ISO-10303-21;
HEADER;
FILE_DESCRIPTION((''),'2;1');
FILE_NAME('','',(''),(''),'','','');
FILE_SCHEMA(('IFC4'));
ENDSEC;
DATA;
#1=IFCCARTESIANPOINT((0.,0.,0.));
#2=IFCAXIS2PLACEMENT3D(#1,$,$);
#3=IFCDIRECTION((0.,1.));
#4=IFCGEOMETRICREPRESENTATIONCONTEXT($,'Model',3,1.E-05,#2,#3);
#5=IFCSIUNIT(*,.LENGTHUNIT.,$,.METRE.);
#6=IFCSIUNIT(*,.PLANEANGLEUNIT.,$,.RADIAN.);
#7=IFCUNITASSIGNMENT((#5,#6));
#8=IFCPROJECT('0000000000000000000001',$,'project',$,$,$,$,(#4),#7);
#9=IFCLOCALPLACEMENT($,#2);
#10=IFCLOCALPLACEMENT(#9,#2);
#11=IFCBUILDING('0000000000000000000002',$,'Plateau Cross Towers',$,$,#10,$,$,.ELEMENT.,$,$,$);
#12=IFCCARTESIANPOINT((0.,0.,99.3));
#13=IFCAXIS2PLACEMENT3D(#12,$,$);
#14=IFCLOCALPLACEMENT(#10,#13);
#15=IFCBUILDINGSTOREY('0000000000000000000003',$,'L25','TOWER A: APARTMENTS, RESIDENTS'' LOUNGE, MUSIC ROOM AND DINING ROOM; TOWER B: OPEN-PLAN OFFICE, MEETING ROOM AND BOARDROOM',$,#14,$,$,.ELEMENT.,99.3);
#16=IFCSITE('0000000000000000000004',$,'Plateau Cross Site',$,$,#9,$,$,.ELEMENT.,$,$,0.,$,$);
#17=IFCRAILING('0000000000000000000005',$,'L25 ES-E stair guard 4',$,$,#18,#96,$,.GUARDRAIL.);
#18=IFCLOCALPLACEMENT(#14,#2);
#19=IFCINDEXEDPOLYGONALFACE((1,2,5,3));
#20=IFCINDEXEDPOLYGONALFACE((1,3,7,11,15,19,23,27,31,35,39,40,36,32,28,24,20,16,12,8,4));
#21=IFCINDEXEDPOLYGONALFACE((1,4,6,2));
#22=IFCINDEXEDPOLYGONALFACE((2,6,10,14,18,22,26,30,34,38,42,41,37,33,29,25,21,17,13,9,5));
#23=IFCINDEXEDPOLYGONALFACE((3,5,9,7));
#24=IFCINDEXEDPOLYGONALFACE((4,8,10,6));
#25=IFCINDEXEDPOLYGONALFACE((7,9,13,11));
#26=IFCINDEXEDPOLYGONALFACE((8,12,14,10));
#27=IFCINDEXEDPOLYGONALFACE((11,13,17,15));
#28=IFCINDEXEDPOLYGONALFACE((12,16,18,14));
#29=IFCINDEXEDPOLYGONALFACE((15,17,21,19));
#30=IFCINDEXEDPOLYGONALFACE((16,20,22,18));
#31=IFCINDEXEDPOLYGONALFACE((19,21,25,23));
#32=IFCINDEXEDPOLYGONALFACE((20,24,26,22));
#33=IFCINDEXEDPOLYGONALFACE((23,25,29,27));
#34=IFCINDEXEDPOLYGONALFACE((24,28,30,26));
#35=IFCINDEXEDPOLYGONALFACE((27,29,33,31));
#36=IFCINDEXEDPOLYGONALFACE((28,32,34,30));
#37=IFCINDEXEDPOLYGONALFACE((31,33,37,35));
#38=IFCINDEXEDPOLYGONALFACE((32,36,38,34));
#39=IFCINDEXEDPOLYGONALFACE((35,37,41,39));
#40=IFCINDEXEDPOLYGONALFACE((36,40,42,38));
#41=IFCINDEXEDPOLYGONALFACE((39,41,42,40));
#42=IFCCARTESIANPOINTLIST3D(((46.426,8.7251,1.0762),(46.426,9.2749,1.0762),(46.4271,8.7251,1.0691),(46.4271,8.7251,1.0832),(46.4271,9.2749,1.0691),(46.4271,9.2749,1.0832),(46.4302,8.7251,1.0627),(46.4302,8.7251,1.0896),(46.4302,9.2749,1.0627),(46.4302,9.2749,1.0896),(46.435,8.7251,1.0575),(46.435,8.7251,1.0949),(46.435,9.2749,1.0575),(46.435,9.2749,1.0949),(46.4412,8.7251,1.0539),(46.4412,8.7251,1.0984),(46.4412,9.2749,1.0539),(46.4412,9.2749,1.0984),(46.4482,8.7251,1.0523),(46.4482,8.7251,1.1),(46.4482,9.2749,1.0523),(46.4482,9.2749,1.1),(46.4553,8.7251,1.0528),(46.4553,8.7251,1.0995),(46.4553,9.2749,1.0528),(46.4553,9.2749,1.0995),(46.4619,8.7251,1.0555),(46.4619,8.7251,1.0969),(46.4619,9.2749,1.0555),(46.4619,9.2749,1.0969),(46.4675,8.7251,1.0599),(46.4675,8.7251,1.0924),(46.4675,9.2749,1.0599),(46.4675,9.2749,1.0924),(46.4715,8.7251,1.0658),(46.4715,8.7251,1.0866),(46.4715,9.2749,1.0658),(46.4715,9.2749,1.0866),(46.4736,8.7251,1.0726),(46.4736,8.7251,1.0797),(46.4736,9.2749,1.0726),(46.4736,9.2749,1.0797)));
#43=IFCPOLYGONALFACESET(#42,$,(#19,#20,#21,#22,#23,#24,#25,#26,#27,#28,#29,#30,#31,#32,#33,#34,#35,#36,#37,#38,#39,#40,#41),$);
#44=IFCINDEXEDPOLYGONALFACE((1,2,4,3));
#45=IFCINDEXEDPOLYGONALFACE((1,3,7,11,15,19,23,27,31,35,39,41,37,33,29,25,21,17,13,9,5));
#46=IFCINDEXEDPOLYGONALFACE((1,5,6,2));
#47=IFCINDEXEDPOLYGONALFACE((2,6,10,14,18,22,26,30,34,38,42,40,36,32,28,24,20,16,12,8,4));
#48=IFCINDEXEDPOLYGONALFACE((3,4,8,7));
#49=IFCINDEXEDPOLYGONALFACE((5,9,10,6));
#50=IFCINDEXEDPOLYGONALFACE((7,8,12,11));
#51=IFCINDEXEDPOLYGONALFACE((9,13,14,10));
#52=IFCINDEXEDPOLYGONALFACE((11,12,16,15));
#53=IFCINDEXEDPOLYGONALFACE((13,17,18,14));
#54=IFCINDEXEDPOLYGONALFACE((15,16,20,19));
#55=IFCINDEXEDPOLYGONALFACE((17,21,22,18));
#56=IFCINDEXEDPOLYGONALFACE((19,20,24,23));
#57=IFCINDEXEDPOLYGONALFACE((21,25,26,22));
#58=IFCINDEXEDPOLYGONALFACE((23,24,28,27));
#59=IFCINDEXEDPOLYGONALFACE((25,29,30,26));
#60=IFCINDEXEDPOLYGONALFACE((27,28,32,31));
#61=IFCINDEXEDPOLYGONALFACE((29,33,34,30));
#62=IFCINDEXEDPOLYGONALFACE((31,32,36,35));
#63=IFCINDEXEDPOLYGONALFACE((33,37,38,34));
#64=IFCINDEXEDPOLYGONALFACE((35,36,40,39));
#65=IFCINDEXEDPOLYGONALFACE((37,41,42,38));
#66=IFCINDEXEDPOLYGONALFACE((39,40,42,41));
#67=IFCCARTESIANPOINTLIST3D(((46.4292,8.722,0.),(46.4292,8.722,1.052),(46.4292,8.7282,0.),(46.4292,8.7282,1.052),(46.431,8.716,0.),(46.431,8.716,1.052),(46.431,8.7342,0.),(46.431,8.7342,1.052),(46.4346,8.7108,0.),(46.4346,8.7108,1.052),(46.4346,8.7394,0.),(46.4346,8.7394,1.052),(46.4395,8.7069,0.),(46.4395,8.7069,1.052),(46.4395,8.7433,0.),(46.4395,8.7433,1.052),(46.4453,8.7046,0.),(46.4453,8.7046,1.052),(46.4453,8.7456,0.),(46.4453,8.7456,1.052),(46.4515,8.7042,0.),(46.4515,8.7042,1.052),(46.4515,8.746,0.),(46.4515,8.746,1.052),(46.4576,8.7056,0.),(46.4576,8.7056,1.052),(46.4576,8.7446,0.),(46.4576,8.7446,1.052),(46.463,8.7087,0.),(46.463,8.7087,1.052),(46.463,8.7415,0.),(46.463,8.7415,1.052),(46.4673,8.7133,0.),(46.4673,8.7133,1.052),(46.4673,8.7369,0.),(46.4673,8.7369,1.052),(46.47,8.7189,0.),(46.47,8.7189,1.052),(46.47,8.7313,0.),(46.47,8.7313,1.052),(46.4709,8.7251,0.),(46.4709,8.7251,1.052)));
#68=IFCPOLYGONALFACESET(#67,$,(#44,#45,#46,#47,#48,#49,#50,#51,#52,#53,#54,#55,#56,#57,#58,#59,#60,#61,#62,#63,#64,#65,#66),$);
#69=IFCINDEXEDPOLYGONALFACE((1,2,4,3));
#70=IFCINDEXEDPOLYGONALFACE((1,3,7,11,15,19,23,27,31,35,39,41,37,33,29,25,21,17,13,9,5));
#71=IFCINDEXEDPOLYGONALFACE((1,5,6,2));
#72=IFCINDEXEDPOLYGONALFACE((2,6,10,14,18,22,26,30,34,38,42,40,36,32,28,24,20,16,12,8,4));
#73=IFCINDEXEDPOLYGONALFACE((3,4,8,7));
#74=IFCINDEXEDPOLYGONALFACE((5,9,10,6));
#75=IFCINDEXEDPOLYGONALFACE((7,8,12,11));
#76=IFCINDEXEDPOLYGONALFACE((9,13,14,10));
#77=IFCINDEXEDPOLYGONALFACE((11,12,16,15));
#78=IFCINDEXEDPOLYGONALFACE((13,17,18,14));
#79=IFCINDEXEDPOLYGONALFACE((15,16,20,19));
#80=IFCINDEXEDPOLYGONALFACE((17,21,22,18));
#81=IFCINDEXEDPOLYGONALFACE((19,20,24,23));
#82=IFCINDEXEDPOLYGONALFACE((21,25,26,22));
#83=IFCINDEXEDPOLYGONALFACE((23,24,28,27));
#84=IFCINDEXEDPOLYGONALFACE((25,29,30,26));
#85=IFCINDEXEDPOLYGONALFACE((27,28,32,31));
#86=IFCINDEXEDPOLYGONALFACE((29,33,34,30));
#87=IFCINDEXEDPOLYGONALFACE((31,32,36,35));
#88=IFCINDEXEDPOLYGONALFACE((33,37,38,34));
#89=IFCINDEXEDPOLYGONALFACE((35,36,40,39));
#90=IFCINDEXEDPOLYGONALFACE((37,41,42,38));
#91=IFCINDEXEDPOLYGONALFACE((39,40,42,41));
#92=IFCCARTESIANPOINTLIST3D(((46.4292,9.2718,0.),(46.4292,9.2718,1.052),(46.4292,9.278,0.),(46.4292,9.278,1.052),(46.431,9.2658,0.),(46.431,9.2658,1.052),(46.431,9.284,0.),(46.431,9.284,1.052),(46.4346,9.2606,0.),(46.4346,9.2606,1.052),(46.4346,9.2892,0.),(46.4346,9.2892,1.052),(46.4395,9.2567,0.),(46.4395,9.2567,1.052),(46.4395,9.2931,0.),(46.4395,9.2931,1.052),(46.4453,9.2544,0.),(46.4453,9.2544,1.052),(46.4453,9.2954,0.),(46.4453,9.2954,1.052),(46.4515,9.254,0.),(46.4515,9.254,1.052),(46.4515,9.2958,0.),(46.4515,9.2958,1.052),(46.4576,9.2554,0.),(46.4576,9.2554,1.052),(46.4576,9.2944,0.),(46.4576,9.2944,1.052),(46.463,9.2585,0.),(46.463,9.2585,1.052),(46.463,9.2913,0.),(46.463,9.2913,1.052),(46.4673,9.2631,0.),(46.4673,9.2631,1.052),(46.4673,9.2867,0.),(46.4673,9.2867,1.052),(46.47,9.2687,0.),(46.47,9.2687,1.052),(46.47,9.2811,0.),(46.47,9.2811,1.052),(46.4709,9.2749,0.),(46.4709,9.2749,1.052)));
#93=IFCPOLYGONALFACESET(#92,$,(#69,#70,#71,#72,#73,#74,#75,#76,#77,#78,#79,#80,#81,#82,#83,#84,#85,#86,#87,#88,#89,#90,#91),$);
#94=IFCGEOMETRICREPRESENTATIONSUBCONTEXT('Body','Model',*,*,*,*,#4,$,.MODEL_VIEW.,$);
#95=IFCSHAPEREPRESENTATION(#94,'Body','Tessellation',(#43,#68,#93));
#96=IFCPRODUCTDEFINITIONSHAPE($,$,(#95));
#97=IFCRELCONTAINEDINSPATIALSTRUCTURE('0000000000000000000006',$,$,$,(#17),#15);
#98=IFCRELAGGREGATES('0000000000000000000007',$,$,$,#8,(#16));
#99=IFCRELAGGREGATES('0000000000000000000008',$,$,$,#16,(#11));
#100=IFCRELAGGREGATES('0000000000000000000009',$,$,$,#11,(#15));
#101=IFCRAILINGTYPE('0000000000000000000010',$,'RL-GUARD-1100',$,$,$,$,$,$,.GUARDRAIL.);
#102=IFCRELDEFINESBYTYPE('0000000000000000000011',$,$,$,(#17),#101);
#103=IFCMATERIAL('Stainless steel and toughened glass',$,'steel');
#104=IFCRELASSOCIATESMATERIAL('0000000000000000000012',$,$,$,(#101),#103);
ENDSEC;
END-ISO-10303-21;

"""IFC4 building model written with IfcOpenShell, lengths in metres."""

from ifc_helpers import new_model, si_unit, direction, frame, origin, origin_2d, place, context, subcontext, project, spatial, circle, extrude, material, type_object, element, save


model = new_model("IFC4")

# Units and contexts
model_context = context("Model", 3, precision=1e-05, world=origin(), true_north=direction((0.0, 1.0)))
body_context = subcontext(model_context, "Body", "Model", "MODEL_VIEW")
ifc_project = project(units=[si_unit("LENGTHUNIT", "METRE"), si_unit("PLANEANGLEUNIT", "RADIAN")], contexts=[model_context])

# Site, building, storey
site_placement = place(None, origin())
site = spatial("IfcSite", under=ifc_project, at=site_placement, Name="Plateau Cross Site", CompositionType="ELEMENT", RefElevation=0.0)
building_placement = place(site_placement, origin())
building = spatial("IfcBuilding", under=site, at=building_placement, Name="Plateau Cross Towers", CompositionType="ELEMENT")
storey_placement = place(building_placement, frame((0.0, 0.0, 99.3)))
storey = spatial("IfcBuildingStorey", under=building, at=storey_placement, Name="L25", Description="TOWER A: APARTMENTS, RESIDENTS' LOUNGE, MUSIC ROOM AND DINING ROOM; TOWER B: OPEN-PLAN OFFICE, MEETING ROOM AND BOARDROOM", CompositionType="ELEMENT", Elevation=99.3)

# Railing
ifc_material_1 = material(Name="Stainless steel and toughened glass", Category="steel")
railing_type_1 = type_object("IfcRailingType", Name="RL-GUARD-1100", PredefinedType="GUARDRAIL", material=ifc_material_1)
railing_1_placement = place(storey_placement, frame((46.45, 8.7251, 0.0)))
element("IfcRailing", 1, at=railing_1_placement, inside=storey, type_object=railing_type_1, Name="L25 ES-E stair guard 4", PredefinedType="GUARDRAIL", context=body_context, shape_type="SweptSolid", body=[
    extrude(circle(Radius=0.0239, at=origin_2d()), frame((0.0, 0.0, 1.0762), z_axis=(0.0, 1.0, 0.0), x_axis=(-1.0, 0.0, 0.0)), (0.0, 0.0, 1.0), 0.5498),
    extrude(circle(Radius=0.021, at=origin_2d()), origin(), (0.0, 0.0, 1.0), 1.052),
    extrude(circle(Radius=0.021, at=origin_2d()), frame((0.0, 0.5498, 0.0)), (0.0, 0.0, 1.0), 1.052),
])

save(model, "model.ifc")
